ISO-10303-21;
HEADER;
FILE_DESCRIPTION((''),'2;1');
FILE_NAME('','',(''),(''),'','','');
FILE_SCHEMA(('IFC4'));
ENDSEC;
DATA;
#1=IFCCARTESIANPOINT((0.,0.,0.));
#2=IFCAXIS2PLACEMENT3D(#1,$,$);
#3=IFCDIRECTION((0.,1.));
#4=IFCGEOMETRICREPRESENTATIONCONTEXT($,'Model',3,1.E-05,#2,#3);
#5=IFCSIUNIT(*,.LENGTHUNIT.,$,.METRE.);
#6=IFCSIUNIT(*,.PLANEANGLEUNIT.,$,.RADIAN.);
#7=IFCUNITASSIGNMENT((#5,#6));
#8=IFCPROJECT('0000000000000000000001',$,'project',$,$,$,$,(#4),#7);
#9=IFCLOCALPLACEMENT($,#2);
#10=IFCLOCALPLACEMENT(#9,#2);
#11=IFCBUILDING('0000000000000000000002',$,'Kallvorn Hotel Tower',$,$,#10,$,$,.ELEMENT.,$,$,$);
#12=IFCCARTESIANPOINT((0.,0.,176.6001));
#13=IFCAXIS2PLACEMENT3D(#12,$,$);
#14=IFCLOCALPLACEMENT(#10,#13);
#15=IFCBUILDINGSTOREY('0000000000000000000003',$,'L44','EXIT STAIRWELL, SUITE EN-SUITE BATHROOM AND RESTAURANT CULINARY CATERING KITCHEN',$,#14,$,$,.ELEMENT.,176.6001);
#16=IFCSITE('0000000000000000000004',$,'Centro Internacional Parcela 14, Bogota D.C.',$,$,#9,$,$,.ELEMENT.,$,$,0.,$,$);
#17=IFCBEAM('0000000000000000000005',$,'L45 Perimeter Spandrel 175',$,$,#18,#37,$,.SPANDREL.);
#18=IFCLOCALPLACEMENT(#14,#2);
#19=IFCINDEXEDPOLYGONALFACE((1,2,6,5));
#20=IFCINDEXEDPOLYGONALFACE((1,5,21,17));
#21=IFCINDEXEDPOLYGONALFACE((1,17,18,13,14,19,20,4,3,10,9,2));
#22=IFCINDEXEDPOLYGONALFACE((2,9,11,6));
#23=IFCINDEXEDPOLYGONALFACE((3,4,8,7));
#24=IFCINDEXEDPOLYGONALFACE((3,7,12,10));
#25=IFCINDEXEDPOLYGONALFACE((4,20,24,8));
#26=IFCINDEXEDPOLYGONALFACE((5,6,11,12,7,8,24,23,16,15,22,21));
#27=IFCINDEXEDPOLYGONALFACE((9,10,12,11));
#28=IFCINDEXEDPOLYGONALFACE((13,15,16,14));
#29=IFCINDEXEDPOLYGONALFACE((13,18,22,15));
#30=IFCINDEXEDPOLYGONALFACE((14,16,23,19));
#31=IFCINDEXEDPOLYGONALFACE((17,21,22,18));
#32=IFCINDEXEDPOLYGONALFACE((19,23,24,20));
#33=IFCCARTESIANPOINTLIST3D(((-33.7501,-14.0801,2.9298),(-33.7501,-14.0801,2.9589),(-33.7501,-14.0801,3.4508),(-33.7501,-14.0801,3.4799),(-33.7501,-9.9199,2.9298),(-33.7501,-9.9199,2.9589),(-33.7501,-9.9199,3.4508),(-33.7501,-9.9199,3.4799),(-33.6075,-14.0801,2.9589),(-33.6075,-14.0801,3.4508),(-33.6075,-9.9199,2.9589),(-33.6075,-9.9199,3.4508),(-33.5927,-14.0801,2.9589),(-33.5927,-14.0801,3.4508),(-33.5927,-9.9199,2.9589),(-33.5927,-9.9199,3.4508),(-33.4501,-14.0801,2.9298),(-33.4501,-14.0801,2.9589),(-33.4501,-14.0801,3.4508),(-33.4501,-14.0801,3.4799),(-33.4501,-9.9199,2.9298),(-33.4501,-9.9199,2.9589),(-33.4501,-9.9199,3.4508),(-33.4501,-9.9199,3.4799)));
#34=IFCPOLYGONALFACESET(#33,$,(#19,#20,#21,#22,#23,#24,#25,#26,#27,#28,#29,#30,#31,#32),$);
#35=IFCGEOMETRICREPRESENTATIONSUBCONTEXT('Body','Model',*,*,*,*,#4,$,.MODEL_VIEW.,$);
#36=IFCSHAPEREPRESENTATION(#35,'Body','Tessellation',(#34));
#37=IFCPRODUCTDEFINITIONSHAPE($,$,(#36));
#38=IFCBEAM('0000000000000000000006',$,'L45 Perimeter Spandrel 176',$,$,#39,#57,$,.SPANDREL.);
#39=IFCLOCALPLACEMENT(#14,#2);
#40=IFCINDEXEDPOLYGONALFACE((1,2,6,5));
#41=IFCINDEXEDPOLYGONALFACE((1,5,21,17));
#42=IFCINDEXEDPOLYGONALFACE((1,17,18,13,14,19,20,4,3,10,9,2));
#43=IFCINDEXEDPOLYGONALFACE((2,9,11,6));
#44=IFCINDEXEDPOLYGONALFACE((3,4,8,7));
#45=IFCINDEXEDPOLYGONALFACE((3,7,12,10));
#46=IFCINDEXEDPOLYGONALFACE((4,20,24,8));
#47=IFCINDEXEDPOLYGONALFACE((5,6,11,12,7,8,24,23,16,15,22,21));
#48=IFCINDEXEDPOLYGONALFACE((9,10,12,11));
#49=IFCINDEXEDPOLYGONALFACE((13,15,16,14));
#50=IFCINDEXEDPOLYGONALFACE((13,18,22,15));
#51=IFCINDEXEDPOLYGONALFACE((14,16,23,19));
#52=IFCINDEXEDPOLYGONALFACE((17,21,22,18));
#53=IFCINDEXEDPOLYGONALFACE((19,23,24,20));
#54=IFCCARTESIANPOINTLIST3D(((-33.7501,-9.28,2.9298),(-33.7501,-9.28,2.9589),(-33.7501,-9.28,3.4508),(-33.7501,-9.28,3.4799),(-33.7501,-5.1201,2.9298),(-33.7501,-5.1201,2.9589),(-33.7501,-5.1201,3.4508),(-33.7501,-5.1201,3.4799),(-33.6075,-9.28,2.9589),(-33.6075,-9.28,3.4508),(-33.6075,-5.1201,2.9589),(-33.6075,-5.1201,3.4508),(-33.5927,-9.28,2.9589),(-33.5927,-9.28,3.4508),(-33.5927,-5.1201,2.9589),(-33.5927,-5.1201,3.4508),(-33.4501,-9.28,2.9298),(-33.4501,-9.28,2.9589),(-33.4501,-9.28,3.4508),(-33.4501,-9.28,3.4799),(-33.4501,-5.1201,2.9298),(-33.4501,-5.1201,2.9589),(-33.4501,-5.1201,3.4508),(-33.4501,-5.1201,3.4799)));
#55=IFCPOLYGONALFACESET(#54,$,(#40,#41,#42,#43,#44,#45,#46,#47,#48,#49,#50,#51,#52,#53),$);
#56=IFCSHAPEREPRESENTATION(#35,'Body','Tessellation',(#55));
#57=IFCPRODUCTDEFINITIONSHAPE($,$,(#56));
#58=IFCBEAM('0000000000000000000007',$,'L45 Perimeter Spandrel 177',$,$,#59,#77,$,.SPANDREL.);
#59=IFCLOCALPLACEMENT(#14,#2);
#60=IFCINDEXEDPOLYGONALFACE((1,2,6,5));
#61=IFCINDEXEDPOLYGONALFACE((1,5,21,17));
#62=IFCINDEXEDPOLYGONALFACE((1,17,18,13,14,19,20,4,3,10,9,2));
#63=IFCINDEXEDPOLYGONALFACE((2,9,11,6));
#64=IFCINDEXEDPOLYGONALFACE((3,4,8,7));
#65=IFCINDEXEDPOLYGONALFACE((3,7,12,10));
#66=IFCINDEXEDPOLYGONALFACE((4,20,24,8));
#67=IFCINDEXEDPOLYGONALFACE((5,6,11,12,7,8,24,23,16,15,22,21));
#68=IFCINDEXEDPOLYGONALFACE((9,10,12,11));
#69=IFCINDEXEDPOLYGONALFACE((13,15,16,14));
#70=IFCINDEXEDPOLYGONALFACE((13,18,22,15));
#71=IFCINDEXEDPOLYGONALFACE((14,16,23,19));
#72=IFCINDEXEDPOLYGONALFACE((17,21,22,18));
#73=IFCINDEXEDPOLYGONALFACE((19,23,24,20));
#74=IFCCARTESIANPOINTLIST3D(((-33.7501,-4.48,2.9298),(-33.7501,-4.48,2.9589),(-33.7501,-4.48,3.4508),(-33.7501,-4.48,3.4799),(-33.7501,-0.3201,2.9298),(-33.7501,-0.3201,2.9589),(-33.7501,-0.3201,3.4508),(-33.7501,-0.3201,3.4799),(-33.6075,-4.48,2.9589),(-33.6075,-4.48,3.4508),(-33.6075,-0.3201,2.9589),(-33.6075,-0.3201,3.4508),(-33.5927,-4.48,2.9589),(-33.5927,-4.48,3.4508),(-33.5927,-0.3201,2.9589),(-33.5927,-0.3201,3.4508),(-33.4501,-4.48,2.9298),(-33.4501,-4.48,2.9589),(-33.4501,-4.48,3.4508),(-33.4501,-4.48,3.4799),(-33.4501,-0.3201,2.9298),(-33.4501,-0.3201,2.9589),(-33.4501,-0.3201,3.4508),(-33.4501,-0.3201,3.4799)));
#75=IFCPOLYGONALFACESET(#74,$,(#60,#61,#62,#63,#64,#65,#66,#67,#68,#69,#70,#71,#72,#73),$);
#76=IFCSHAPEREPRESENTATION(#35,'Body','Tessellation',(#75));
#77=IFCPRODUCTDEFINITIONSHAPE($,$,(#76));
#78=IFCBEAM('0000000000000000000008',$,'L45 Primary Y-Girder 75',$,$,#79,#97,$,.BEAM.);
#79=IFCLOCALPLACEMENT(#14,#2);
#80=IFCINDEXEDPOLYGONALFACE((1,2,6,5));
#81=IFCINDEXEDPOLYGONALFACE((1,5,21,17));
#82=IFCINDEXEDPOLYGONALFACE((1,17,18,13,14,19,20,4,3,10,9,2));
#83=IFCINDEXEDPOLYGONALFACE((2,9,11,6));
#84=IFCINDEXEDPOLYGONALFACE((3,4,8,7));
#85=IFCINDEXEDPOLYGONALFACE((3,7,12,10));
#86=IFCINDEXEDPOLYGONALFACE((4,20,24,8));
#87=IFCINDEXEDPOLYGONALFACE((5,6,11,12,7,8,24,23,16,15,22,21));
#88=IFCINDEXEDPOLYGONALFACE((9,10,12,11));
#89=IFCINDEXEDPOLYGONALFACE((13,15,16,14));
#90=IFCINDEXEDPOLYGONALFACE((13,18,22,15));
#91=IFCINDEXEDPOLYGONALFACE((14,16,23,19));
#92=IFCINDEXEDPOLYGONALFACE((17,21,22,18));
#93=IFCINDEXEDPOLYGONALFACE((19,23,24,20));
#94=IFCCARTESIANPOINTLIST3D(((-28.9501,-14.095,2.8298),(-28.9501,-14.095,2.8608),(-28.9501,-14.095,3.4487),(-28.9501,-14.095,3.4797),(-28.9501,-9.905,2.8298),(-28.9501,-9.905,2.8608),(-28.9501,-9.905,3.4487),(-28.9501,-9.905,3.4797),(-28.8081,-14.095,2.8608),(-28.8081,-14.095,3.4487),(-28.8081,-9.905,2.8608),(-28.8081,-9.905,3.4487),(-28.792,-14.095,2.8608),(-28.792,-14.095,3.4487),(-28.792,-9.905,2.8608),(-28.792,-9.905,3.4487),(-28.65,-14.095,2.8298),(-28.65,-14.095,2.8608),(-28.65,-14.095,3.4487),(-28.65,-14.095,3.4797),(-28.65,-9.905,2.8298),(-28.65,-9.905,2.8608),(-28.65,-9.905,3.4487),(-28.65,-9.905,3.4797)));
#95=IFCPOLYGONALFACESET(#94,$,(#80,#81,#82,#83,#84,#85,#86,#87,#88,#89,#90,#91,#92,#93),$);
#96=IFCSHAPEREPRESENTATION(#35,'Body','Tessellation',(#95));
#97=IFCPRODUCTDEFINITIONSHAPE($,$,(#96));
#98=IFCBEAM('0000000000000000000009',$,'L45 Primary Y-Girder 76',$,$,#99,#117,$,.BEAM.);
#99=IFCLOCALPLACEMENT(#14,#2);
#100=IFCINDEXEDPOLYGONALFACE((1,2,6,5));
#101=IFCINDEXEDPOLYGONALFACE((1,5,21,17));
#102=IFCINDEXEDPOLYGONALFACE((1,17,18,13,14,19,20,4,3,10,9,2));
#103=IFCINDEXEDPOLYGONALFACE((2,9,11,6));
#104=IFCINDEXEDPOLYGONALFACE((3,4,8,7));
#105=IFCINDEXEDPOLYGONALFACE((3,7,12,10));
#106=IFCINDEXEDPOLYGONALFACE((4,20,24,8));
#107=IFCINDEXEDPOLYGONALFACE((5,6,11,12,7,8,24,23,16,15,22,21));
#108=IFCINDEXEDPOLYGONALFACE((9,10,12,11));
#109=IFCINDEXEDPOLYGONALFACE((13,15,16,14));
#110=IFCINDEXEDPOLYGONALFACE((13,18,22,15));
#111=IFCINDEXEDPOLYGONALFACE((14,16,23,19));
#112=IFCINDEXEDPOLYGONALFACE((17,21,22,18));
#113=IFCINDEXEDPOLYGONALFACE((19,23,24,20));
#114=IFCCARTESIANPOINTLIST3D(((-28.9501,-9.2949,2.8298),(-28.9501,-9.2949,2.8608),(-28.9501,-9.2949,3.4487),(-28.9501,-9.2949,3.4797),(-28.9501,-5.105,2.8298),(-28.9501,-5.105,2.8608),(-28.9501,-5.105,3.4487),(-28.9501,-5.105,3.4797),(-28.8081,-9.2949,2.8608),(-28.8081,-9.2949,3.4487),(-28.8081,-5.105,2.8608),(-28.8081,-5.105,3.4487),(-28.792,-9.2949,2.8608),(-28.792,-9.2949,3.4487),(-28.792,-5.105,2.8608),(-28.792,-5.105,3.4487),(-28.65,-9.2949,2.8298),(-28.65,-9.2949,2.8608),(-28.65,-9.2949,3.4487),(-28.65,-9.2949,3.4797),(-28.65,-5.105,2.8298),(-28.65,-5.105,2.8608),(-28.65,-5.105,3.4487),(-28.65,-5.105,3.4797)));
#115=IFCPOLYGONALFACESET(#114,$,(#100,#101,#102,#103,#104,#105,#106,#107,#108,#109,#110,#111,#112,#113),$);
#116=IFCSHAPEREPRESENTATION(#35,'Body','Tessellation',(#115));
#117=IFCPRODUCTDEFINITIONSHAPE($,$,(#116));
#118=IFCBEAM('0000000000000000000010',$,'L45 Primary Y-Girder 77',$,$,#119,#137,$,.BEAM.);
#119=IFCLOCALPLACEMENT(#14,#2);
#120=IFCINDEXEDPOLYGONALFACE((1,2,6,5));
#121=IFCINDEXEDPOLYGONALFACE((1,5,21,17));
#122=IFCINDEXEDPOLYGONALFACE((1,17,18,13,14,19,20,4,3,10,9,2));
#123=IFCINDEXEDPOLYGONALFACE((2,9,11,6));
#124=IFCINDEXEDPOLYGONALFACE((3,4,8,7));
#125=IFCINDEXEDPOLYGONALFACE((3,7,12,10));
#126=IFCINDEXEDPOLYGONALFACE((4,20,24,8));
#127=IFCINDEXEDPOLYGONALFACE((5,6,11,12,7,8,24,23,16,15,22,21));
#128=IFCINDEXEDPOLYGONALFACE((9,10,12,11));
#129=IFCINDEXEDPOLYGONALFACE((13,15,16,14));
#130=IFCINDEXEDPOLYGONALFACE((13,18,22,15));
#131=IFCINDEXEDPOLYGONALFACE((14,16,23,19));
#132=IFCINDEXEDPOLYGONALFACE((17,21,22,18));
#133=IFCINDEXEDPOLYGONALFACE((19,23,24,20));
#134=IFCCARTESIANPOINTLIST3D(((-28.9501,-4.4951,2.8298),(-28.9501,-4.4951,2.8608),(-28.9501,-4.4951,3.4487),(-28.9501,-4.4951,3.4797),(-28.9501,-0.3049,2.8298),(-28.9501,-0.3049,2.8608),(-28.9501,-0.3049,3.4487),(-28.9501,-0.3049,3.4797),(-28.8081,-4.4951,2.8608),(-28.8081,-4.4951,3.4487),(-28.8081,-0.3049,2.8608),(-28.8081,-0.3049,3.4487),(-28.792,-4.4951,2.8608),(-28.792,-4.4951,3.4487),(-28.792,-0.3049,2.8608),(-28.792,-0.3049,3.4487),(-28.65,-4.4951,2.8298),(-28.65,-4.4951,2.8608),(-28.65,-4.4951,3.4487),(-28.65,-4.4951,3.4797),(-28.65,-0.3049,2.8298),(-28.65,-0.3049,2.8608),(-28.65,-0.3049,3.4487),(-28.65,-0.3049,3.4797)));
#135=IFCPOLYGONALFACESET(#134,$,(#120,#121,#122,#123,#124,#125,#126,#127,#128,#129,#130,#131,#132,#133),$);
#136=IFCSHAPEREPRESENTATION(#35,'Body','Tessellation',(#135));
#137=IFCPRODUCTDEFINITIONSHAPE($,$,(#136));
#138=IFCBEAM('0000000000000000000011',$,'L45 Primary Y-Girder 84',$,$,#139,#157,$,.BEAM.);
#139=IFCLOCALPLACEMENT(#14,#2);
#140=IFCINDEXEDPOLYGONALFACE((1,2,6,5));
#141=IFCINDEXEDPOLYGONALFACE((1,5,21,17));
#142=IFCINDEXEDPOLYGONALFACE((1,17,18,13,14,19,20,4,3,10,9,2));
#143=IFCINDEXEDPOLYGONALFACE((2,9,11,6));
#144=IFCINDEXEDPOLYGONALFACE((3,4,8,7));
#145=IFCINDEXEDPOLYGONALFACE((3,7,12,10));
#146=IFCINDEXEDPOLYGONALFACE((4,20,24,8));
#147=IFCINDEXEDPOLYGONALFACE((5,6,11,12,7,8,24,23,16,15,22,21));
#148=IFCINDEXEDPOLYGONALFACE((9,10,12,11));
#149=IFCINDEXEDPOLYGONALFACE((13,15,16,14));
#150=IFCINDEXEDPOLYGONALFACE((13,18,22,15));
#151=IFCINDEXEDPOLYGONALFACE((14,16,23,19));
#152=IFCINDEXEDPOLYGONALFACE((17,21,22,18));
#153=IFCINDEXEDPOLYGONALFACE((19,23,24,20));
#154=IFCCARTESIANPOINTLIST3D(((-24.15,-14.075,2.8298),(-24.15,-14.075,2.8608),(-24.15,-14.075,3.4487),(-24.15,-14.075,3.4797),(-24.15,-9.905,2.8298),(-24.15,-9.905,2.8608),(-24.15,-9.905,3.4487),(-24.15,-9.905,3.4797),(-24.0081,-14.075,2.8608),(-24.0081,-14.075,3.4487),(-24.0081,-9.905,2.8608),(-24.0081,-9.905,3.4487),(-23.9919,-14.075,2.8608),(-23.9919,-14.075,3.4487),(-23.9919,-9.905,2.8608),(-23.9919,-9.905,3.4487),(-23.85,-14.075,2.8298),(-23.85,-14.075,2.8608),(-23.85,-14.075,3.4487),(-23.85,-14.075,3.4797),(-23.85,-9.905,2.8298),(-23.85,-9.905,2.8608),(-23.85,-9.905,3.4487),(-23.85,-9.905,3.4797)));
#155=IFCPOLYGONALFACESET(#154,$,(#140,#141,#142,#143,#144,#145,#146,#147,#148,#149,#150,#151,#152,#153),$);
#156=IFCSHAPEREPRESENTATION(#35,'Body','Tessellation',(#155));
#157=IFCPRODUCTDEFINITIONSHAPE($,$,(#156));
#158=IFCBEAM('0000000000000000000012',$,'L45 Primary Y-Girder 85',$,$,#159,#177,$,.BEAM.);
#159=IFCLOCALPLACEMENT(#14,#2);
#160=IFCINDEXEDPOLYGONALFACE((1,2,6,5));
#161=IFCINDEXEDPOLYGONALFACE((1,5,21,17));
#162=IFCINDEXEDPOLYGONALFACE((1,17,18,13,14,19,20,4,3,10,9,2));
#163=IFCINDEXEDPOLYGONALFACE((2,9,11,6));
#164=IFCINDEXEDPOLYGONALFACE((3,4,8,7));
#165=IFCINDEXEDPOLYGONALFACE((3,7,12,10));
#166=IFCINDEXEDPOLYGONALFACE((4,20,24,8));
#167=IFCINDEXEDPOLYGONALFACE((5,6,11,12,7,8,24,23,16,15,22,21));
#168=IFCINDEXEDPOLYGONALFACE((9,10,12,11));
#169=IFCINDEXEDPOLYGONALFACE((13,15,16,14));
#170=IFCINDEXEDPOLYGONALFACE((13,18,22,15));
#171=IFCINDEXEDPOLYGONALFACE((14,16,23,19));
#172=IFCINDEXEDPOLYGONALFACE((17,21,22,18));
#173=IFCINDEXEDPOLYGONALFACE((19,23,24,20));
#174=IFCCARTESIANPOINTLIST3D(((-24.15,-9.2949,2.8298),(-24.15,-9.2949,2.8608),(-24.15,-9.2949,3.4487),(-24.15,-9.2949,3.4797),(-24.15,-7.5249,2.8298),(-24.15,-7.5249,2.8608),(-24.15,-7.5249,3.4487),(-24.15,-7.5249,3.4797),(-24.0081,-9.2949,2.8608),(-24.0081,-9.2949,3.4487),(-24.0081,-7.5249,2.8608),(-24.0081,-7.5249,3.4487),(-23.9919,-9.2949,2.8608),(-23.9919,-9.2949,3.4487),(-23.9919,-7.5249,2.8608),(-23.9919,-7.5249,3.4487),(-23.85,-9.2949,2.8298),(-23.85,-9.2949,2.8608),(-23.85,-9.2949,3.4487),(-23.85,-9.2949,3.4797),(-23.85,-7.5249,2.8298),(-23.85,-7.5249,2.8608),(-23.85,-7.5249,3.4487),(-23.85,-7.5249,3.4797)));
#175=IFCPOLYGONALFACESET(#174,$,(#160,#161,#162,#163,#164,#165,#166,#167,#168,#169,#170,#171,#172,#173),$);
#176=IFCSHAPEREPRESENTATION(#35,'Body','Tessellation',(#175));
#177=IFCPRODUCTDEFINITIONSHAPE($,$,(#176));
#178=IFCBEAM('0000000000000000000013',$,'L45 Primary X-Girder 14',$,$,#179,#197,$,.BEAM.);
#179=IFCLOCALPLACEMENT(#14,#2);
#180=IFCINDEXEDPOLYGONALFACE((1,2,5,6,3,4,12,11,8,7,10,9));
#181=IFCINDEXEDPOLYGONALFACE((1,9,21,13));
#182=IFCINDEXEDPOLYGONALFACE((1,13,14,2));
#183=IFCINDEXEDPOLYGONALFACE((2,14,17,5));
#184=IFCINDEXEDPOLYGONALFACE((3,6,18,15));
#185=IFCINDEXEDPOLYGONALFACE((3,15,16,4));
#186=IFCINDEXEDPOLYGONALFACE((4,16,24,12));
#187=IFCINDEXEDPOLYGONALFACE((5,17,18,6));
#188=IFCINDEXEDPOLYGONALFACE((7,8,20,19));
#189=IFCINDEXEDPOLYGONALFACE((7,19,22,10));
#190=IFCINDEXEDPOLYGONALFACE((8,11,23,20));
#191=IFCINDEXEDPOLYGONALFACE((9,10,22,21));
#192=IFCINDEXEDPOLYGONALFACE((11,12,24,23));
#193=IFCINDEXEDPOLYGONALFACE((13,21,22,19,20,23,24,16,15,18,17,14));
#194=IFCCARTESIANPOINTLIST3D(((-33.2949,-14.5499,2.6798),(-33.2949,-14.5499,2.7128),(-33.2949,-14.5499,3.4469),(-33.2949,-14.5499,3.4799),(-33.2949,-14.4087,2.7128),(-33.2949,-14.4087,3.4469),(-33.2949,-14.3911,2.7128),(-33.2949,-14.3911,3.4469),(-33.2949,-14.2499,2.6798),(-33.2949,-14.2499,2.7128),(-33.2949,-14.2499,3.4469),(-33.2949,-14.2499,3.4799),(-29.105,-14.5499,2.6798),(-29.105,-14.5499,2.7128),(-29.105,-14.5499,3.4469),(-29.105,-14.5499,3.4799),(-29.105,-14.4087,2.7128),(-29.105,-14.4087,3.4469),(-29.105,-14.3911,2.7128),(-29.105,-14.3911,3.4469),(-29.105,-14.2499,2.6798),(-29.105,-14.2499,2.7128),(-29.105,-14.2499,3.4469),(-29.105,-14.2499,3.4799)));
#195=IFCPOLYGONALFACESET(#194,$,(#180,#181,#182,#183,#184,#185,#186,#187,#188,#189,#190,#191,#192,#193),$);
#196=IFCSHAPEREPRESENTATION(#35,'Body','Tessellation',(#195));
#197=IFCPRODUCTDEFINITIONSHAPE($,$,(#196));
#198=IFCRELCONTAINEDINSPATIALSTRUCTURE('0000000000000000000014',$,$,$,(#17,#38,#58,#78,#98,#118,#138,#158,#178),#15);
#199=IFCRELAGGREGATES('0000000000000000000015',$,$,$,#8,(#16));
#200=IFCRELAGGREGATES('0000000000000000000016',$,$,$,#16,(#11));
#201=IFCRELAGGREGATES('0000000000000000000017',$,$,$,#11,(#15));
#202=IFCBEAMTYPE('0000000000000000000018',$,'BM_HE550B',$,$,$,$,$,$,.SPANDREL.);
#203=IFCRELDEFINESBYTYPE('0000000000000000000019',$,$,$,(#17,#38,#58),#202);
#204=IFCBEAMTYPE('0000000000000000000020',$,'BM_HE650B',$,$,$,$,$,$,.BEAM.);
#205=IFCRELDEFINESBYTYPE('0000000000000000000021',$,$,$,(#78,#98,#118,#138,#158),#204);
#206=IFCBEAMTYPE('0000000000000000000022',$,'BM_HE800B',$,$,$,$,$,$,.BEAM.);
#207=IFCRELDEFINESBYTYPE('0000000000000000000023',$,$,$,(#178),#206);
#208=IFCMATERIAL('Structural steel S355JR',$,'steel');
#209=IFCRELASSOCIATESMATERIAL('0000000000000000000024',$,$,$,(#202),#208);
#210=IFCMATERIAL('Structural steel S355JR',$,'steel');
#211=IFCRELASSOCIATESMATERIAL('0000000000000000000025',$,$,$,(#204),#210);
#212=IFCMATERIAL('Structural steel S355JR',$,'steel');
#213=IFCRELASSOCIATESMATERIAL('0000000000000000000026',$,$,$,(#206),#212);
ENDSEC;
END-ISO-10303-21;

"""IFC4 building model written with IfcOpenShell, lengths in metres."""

from ifc_helpers import new_model, si_unit, direction, frame, origin, origin_2d, place, context, subcontext, project, spatial, i_section, extrude, material, material_profile, profile_set, type_object, element, save


model = new_model("IFC4")

# Units and contexts
model_context = context("Model", 3, precision=1e-05, world=origin(), true_north=direction((0.0, 1.0)))
body_context = subcontext(model_context, "Body", "Model", "MODEL_VIEW")
ifc_project = project(units=[si_unit("LENGTHUNIT", "METRE"), si_unit("PLANEANGLEUNIT", "RADIAN")], contexts=[model_context])

# Site, building, storey
site_placement = place(None, origin())
site = spatial("IfcSite", under=ifc_project, at=site_placement, Name="Centro Internacional Parcela 14, Bogota D.C.", CompositionType="ELEMENT", RefElevation=0.0)
building_placement = place(site_placement, origin())
building = spatial("IfcBuilding", under=site, at=building_placement, Name="Kallvorn Hotel Tower", CompositionType="ELEMENT")
storey_placement = place(building_placement, frame((0.0, 0.0, 176.6001)))
storey = spatial("IfcBuildingStorey", under=building, at=storey_placement, Name="L44", Description="EXIT STAIRWELL, SUITE EN-SUITE BATHROOM AND RESTAURANT CULINARY CATERING KITCHEN", CompositionType="ELEMENT", Elevation=176.6001)

# Beams
ifc_material_1 = material(Name="Structural steel S355JR", Category="steel")
ifc_material_profile_1 = material_profile(ifc_material_1, i_section(OverallWidth=0.3, OverallDepth=0.55, WebThickness=0.0149, FlangeThickness=0.0291, at=origin_2d()), Name="HE 550 B")
ifc_profile_set_1 = profile_set([ifc_material_profile_1], Name="Structural steel S355JR")
beam_type_1 = type_object("IfcBeamType", Name="BM_HE550B", PredefinedType="SPANDREL", material=ifc_profile_set_1)
beam_1_placement = place(storey_placement, frame((-33.6001, -14.0801, 3.2048), z_axis=(0.0, 1.0, 0.0), x_axis=(-1.0, 0.0, 0.0)))
element("IfcBeam", 1, at=beam_1_placement, inside=storey, type_object=beam_type_1, Name="L45 Perimeter Spandrel 175", PredefinedType="SPANDREL", context=body_context, shape_type="SweptSolid", body=[
    extrude(i_section(OverallWidth=0.3, OverallDepth=0.55, WebThickness=0.0149, FlangeThickness=0.0291, at=origin_2d()), origin(), (0.0, 0.0, 1.0), 4.1602),
])
for number, where, z_axis, x_axis, name in (
    (2, (-33.6001, -9.28, 3.2048), (0.0, 1.0, 0.0), (-1.0, 0.0, 0.0), "L45 Perimeter Spandrel 176"),
    (3, (-33.6001, -4.48, 3.2048), (0.0, 1.0, 0.0), (-1.0, 0.0, 0.0), "L45 Perimeter Spandrel 177"),
):
    element("IfcBeam", number, at=place(storey_placement, frame(where, z_axis=z_axis, x_axis=x_axis)), inside=storey, type_object=beam_type_1, Name=name, PredefinedType="SPANDREL", context=body_context, shape_type="SweptSolid", body=[
        extrude(i_section(OverallWidth=0.3, OverallDepth=0.55, WebThickness=0.0149, FlangeThickness=0.0291, at=origin_2d()), origin(), (0.0, 0.0, 1.0), 4.1599),
    ])
ifc_material_2 = material(Name="Structural steel S355JR", Category="steel")
ifc_material_profile_2 = material_profile(ifc_material_2, i_section(OverallWidth=0.3, OverallDepth=0.6499, WebThickness=0.0161, FlangeThickness=0.031, at=origin_2d()), Name="HE 650 B")
ifc_profile_set_2 = profile_set([ifc_material_profile_2], Name="Structural steel S355JR")
beam_type_2 = type_object("IfcBeamType", Name="BM_HE650B", PredefinedType="BEAM", material=ifc_profile_set_2)
for number, where, z_axis, x_axis, name in (
    (4, (-28.8, -14.095, 3.1548), (0.0, 1.0, 0.0), (-1.0, 0.0, 0.0), "L45 Primary Y-Girder 75"),
    (5, (-28.8, -9.2949, 3.1548), (0.0, 1.0, 0.0), (-1.0, 0.0, 0.0), "L45 Primary Y-Girder 76"),
):
    element("IfcBeam", number, at=place(storey_placement, frame(where, z_axis=z_axis, x_axis=x_axis)), inside=storey, type_object=beam_type_2, Name=name, PredefinedType="BEAM", context=body_context, shape_type="SweptSolid", body=[
        extrude(i_section(OverallWidth=0.3, OverallDepth=0.6499, WebThickness=0.0161, FlangeThickness=0.031, at=origin_2d()), origin(), (0.0, 0.0, 1.0), 4.1899),
    ])
beam_2_placement = place(storey_placement, frame((-28.8, -4.4951, 3.1548), z_axis=(0.0, 1.0, 0.0), x_axis=(-1.0, 0.0, 0.0)))
element("IfcBeam", 6, at=beam_2_placement, inside=storey, type_object=beam_type_2, Name="L45 Primary Y-Girder 77", PredefinedType="BEAM", context=body_context, shape_type="SweptSolid", body=[
    extrude(i_section(OverallWidth=0.3, OverallDepth=0.6499, WebThickness=0.0161, FlangeThickness=0.031, at=origin_2d()), origin(), (0.0, 0.0, 1.0), 4.1902),
])
beam_3_placement = place(storey_placement, frame((-24.0, -14.075, 3.1548), z_axis=(0.0, 1.0, 0.0), x_axis=(-1.0, 0.0, 0.0)))
element("IfcBeam", 7, at=beam_3_placement, inside=storey, type_object=beam_type_2, Name="L45 Primary Y-Girder 84", PredefinedType="BEAM", context=body_context, shape_type="SweptSolid", body=[
    extrude(i_section(OverallWidth=0.3, OverallDepth=0.6499, WebThickness=0.0161, FlangeThickness=0.031, at=origin_2d()), origin(), (0.0, 0.0, 1.0), 4.1699),
])
beam_4_placement = place(storey_placement, frame((-24.0, -9.2949, 3.1548), z_axis=(0.0, 1.0, 0.0), x_axis=(-1.0, 0.0, 0.0)))
element("IfcBeam", 8, at=beam_4_placement, inside=storey, type_object=beam_type_2, Name="L45 Primary Y-Girder 85", PredefinedType="BEAM", context=body_context, shape_type="SweptSolid", body=[
    extrude(i_section(OverallWidth=0.3, OverallDepth=0.6499, WebThickness=0.0161, FlangeThickness=0.031, at=origin_2d()), origin(), (0.0, 0.0, 1.0), 1.77),
])
ifc_material_3 = material(Name="Structural steel S355JR", Category="steel")
ifc_material_profile_3 = material_profile(ifc_material_3, i_section(OverallWidth=0.3, OverallDepth=0.8, WebThickness=0.0176, FlangeThickness=0.033, at=origin_2d()), Name="HE 800 B")
ifc_profile_set_3 = profile_set([ifc_material_profile_3], Name="Structural steel S355JR")
beam_type_3 = type_object("IfcBeamType", Name="BM_HE800B", PredefinedType="BEAM", material=ifc_profile_set_3)
beam_5_placement = place(storey_placement, frame((-33.2949, -14.3999, 3.0798), z_axis=(1.0, 0.0, 0.0), x_axis=(0.0, 1.0, 0.0)))
element("IfcBeam", 9, at=beam_5_placement, inside=storey, type_object=beam_type_3, Name="L45 Primary X-Girder 14", PredefinedType="BEAM", context=body_context, shape_type="SweptSolid", body=[
    extrude(i_section(OverallWidth=0.3, OverallDepth=0.8, WebThickness=0.0176, FlangeThickness=0.033, at=origin_2d()), origin(), (0.0, 0.0, 1.0), 4.1899),
])

save(model, "model.ifc")
